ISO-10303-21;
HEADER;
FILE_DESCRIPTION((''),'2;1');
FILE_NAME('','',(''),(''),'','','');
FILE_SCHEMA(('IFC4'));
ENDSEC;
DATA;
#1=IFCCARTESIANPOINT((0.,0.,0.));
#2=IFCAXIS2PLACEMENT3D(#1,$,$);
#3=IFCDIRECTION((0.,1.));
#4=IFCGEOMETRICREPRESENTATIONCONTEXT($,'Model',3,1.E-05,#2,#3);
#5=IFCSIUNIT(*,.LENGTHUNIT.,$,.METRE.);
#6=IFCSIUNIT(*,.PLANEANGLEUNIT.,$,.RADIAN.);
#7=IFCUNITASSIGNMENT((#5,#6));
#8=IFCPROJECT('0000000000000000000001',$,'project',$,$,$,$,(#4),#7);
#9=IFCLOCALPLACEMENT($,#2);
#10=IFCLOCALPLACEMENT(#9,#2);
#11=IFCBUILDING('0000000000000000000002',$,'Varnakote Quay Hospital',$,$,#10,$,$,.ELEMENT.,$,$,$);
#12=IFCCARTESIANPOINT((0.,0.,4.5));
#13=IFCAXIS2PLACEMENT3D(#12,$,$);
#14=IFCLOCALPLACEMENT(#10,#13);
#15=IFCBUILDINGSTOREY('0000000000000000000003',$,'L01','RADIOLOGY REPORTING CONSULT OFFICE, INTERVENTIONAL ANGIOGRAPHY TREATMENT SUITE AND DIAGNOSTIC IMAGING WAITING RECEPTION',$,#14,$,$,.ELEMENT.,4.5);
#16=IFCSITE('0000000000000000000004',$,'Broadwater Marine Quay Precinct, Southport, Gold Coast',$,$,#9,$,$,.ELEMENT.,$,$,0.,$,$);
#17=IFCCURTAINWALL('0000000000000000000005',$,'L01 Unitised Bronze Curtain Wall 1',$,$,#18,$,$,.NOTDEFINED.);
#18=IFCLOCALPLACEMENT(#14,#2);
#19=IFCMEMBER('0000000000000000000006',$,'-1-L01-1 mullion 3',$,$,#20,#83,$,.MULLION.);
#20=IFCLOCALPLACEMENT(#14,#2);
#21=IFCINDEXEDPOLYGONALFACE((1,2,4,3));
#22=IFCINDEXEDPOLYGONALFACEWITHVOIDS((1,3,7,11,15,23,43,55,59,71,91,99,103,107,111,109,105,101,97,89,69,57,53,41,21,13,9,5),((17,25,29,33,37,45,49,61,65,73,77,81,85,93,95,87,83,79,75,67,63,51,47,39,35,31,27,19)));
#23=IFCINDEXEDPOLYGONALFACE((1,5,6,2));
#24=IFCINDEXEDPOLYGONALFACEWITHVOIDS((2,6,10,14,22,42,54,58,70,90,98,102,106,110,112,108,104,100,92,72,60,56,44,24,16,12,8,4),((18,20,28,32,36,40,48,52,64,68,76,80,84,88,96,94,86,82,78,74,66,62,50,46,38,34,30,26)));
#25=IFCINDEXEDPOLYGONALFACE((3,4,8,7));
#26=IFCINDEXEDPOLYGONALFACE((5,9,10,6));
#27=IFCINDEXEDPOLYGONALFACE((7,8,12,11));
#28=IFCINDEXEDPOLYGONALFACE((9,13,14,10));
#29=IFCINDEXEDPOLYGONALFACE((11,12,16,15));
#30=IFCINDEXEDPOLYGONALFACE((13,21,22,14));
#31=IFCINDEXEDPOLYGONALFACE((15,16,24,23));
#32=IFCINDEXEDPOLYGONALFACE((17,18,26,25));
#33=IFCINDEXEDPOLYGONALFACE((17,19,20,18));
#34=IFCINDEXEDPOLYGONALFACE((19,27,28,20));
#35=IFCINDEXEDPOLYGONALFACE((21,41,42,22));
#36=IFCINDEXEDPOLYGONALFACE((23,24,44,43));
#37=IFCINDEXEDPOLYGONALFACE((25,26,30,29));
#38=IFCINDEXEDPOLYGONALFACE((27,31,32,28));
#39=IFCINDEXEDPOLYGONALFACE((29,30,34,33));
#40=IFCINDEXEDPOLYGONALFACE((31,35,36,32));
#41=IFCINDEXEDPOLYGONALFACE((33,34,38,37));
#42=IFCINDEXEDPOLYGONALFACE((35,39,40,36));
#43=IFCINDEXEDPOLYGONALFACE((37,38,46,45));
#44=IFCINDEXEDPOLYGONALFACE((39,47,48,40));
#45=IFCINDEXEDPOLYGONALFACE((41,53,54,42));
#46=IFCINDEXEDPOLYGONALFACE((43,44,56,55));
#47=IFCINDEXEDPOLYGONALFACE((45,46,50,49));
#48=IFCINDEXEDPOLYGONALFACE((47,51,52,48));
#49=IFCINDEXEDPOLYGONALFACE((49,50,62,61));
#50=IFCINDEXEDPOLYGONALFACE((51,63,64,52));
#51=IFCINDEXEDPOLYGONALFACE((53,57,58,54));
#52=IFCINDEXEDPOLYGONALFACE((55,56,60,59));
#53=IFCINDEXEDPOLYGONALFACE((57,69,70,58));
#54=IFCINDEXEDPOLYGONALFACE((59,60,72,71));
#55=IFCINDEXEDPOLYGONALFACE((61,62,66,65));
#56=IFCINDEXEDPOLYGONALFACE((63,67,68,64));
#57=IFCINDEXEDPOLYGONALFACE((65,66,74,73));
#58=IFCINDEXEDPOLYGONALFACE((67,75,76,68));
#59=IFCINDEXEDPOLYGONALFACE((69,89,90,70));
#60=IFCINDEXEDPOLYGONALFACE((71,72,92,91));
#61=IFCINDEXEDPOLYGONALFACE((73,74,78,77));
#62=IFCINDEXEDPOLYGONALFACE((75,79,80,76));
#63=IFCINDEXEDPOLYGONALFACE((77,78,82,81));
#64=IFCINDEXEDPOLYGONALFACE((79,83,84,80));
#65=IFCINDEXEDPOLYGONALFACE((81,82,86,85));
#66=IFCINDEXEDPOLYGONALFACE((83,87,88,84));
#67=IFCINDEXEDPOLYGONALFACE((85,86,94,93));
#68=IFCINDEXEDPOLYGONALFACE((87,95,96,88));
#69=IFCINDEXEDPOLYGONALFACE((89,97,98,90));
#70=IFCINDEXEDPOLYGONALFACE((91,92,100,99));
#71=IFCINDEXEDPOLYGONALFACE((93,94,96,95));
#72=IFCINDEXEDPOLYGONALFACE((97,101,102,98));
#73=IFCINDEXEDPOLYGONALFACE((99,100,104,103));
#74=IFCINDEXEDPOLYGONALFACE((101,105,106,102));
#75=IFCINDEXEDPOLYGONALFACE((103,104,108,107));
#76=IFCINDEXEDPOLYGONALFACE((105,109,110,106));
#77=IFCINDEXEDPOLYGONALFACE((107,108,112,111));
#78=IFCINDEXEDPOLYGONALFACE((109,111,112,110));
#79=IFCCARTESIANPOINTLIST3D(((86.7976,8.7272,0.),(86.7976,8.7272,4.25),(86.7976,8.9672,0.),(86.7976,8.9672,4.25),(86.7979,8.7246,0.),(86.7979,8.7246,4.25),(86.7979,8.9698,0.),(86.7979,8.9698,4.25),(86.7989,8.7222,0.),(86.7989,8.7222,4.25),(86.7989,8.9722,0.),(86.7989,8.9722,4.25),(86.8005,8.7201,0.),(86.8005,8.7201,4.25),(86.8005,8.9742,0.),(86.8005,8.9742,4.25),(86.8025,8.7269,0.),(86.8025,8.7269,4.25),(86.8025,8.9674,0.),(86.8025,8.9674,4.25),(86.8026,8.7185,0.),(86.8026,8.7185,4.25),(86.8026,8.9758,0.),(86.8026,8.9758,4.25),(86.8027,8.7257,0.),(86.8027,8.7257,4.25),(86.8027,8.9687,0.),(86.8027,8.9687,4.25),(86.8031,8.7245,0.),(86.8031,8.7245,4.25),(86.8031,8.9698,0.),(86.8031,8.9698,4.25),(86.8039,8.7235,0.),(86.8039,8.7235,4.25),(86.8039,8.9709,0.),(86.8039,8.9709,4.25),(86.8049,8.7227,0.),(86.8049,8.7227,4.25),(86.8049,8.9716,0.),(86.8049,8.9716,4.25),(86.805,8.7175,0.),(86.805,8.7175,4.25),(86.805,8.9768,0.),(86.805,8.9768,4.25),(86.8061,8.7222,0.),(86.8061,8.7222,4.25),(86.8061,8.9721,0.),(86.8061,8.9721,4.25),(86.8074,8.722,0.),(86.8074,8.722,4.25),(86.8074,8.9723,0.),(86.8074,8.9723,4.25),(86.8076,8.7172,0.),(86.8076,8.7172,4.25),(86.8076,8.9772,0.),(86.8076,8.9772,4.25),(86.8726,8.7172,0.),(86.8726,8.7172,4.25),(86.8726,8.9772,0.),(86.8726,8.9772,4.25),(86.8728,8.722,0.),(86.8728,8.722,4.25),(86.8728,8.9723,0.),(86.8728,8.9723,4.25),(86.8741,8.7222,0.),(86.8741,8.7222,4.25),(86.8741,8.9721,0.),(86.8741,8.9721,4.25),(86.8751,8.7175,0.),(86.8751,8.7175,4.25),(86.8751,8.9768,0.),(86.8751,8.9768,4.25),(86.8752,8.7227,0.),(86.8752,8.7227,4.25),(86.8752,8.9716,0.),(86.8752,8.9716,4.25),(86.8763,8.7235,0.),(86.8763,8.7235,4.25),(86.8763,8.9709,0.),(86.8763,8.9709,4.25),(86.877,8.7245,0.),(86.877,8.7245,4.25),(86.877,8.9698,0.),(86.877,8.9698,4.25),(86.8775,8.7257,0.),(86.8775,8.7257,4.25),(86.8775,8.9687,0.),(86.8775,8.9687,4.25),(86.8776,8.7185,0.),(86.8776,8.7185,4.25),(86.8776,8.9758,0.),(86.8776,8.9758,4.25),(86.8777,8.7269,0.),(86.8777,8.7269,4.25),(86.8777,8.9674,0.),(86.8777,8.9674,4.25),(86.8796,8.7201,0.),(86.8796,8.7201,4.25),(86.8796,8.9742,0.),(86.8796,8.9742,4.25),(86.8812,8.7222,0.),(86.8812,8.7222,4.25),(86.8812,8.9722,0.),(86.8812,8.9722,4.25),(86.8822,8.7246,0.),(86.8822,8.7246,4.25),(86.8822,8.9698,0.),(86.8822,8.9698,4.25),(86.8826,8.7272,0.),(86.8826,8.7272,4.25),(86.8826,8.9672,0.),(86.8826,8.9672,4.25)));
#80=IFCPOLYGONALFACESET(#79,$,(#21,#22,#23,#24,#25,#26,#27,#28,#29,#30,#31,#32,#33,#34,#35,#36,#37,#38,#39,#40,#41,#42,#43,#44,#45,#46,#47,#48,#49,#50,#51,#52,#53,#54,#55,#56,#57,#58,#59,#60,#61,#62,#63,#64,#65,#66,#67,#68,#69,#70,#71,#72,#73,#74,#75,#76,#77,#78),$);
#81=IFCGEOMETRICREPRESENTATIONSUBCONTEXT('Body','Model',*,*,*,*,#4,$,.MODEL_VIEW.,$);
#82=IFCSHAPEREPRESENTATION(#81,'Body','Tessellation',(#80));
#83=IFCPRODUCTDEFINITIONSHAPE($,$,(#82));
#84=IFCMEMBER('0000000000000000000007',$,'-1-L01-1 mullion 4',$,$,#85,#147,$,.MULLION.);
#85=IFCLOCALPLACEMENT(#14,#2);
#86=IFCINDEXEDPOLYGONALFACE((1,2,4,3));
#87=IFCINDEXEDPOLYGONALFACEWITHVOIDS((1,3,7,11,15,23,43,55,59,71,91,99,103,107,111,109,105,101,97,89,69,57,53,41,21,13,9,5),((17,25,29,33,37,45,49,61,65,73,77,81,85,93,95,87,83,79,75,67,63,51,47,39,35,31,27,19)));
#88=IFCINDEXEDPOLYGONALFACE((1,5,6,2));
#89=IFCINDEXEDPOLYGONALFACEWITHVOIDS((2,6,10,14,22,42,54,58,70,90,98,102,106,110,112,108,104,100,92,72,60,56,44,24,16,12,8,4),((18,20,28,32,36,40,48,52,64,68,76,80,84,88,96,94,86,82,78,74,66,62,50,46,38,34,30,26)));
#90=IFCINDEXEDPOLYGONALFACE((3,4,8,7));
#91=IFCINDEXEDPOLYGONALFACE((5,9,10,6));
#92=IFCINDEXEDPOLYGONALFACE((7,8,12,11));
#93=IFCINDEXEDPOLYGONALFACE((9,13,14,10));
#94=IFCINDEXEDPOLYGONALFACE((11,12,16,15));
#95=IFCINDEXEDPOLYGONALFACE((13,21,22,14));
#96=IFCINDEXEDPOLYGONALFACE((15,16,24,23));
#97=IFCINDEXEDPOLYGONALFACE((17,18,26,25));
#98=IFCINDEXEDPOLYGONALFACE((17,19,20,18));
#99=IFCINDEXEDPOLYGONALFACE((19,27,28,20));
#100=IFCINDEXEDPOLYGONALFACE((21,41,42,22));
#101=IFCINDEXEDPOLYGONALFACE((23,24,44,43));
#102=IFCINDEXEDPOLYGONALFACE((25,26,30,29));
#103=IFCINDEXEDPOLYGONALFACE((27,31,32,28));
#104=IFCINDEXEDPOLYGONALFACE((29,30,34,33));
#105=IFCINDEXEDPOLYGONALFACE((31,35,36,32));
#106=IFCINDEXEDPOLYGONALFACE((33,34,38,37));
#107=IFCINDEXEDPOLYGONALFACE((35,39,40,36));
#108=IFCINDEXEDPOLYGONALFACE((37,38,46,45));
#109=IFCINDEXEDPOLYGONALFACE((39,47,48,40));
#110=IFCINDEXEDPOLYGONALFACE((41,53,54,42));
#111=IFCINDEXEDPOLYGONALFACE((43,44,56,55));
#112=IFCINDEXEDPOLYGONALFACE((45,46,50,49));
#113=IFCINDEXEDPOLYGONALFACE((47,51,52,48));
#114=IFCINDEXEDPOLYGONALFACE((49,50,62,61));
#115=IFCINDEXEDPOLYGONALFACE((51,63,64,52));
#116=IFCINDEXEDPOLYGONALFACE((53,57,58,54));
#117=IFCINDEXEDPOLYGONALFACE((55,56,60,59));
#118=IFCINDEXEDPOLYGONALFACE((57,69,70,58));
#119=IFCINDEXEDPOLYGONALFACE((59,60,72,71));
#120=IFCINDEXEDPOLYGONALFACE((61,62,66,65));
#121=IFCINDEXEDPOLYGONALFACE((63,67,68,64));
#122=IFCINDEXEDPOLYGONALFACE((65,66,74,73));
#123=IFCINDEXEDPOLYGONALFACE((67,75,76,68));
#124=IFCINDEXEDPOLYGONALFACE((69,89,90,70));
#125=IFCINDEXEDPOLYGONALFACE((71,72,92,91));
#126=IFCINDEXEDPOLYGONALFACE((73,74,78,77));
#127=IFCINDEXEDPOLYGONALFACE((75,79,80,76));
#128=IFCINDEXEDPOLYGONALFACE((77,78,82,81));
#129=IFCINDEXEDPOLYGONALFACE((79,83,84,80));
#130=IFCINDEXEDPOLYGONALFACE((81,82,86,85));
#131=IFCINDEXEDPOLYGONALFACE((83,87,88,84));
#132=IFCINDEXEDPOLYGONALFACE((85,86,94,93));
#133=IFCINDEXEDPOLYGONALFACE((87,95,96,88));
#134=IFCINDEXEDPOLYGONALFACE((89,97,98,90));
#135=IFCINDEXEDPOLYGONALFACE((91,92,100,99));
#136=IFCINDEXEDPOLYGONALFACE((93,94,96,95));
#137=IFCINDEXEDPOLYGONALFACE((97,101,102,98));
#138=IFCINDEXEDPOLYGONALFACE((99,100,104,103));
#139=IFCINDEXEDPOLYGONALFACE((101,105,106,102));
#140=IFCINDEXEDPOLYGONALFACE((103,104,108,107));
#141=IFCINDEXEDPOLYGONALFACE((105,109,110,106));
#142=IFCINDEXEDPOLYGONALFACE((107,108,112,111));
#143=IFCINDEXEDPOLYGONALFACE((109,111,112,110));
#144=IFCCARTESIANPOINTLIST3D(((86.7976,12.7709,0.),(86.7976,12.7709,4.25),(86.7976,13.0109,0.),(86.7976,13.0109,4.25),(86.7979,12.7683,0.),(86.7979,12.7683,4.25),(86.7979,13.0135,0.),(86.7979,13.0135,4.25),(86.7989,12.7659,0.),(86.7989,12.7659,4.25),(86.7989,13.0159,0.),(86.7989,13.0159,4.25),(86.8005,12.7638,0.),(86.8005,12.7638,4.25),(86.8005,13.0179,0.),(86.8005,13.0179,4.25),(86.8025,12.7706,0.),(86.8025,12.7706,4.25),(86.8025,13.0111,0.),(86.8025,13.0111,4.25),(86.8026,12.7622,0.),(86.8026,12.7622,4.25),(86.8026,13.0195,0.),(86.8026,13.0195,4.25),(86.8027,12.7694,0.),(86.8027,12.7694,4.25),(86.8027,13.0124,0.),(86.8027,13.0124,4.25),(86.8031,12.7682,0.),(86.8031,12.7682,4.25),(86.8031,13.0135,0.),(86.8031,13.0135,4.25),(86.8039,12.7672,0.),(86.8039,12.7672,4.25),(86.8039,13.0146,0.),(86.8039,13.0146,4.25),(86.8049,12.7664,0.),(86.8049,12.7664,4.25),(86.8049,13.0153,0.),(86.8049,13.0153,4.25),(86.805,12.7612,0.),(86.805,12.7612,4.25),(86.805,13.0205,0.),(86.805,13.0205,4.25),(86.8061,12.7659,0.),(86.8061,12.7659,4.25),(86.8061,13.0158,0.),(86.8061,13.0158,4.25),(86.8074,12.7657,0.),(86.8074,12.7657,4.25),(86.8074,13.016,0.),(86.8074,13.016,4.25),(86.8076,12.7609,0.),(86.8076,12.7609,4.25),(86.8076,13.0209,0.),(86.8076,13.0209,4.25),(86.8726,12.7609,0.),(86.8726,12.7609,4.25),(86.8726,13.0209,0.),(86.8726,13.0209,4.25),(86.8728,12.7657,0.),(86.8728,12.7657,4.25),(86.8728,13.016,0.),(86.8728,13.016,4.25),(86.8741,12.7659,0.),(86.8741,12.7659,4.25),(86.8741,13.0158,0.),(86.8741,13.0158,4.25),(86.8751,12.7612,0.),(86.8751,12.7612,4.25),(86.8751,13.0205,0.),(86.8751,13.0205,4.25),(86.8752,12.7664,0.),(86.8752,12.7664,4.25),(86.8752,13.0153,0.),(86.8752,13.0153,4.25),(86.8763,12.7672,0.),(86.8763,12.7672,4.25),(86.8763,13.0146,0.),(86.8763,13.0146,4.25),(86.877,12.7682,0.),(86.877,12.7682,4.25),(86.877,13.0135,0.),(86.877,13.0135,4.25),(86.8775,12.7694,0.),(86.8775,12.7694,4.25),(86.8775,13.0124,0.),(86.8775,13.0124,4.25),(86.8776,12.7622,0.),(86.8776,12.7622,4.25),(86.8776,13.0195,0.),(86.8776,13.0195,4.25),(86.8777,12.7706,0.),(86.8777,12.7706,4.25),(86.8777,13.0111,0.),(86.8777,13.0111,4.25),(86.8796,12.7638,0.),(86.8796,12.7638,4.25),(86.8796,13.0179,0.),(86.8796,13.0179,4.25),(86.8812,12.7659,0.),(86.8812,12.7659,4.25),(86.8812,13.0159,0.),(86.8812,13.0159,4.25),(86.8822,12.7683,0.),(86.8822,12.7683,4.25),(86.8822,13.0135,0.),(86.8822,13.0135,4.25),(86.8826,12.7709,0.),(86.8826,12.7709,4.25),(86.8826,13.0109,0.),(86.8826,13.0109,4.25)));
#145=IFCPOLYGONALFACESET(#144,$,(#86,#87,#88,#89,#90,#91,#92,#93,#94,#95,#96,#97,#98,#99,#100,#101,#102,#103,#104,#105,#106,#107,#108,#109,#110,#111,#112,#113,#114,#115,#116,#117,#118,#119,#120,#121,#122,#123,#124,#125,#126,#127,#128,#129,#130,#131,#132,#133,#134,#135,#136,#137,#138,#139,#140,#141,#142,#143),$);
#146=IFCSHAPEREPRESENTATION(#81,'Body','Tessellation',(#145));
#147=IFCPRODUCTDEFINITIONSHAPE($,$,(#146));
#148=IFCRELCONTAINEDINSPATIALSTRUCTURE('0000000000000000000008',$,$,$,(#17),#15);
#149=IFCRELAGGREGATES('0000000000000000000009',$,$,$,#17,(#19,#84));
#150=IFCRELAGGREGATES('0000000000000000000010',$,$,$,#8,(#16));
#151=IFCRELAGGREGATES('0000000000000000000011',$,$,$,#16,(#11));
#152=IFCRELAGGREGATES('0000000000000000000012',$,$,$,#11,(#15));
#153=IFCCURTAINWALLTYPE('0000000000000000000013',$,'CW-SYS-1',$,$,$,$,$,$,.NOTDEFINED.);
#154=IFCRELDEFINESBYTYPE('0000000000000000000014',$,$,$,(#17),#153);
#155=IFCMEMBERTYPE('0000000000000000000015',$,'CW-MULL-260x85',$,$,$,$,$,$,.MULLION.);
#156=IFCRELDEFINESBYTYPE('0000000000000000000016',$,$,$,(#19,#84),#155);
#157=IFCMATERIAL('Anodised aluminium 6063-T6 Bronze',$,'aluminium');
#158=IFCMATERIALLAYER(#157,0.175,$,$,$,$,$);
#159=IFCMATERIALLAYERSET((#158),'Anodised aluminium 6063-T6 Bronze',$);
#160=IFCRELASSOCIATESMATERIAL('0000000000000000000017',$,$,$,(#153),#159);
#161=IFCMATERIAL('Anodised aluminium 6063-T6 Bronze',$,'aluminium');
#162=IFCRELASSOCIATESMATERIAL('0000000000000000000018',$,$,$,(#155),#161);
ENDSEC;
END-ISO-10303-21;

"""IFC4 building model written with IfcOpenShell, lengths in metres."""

from ifc_helpers import new_model, si_unit, direction, frame, origin, origin_2d, place, context, subcontext, project, spatial, hollow_rectangle, extrude, material, layer, layer_set, material_profile, profile_set, type_object, element, aggregate, save


model = new_model("IFC4")

# Units and contexts
model_context = context("Model", 3, precision=1e-05, world=origin(), true_north=direction((0.0, 1.0)))
body_context = subcontext(model_context, "Body", "Model", "MODEL_VIEW")
ifc_project = project(units=[si_unit("LENGTHUNIT", "METRE"), si_unit("PLANEANGLEUNIT", "RADIAN")], contexts=[model_context])

# Site, building, storey
site_placement = place(None, origin())
site = spatial("IfcSite", under=ifc_project, at=site_placement, Name="Broadwater Marine Quay Precinct, Southport, Gold Coast", CompositionType="ELEMENT", RefElevation=0.0)
building_placement = place(site_placement, origin())
building = spatial("IfcBuilding", under=site, at=building_placement, Name="Varnakote Quay Hospital", CompositionType="ELEMENT")
storey_placement = place(building_placement, frame((0.0, 0.0, 4.5)))
storey = spatial("IfcBuildingStorey", under=building, at=storey_placement, Name="L01", Description="RADIOLOGY REPORTING CONSULT OFFICE, INTERVENTIONAL ANGIOGRAPHY TREATMENT SUITE AND DIAGNOSTIC IMAGING WAITING RECEPTION", CompositionType="ELEMENT", Elevation=4.5)

# Curtain wall, members
ifc_material_1 = material(Name="Anodised aluminium 6063-T6 Bronze", Category="aluminium")
ifc_layer_1 = layer(ifc_material_1, 0.175)
ifc_layer_set_1 = layer_set([ifc_layer_1], Name="Anodised aluminium 6063-T6 Bronze")
curtain_wall_type = type_object("IfcCurtainWallType", Name="CW-SYS-1", PredefinedType="NOTDEFINED", material=ifc_layer_set_1)
curtain_wall_placement = place(storey_placement, origin())
curtain_wall = element("IfcCurtainWall", 1, at=curtain_wall_placement, inside=storey, type_object=curtain_wall_type, Name="L01 Unitised Bronze Curtain Wall 1", PredefinedType="NOTDEFINED")
ifc_material_2 = material(Name="Anodised aluminium 6063-T6 Bronze", Category="aluminium")
ifc_material_profile_1 = material_profile(ifc_material_2, hollow_rectangle(XDim=0.085, YDim=0.26, WallThickness=0.0049, InnerFilletRadius=0.0049, OuterFilletRadius=0.01, at=origin_2d()), Name="CW-MULL-260x85")
ifc_profile_set_1 = profile_set([ifc_material_profile_1], Name="Anodised aluminium 6063-T6 Bronze")
member_type_1 = type_object("IfcMemberType", Name="CW-MULL-260x85", PredefinedType="MULLION", material=ifc_profile_set_1)
member_1_placement = place(storey_placement, frame((86.8401, 8.8472, 0.0), z_axis=(0.0, 0.0, 1.0), x_axis=(-1.0, 0.0, 0.0)))
member_1 = element("IfcMember", 2, at=member_1_placement, type_object=member_type_1, Name="-1-L01-1 mullion 3", PredefinedType="MULLION", context=body_context, shape_type="SweptSolid", body=[
    extrude(hollow_rectangle(XDim=0.085, YDim=0.26, WallThickness=0.0049, InnerFilletRadius=0.0049, OuterFilletRadius=0.01, at=origin_2d()), origin(), (0.0, 0.0, 1.0), 4.25),
])
member_2_placement = place(storey_placement, frame((86.8401, 12.8909, 0.0), z_axis=(0.0, 0.0, 1.0), x_axis=(-1.0, 0.0, 0.0)))
member_2 = element("IfcMember", 3, at=member_2_placement, type_object=member_type_1, Name="-1-L01-1 mullion 4", PredefinedType="MULLION", context=body_context, shape_type="SweptSolid", body=[
    extrude(hollow_rectangle(XDim=0.085, YDim=0.26, WallThickness=0.0049, InnerFilletRadius=0.0049, OuterFilletRadius=0.01, at=origin_2d()), origin(), (0.0, 0.0, 1.0), 4.25),
])
aggregate(curtain_wall, [member_1, member_2])

save(model, "model.ifc")
